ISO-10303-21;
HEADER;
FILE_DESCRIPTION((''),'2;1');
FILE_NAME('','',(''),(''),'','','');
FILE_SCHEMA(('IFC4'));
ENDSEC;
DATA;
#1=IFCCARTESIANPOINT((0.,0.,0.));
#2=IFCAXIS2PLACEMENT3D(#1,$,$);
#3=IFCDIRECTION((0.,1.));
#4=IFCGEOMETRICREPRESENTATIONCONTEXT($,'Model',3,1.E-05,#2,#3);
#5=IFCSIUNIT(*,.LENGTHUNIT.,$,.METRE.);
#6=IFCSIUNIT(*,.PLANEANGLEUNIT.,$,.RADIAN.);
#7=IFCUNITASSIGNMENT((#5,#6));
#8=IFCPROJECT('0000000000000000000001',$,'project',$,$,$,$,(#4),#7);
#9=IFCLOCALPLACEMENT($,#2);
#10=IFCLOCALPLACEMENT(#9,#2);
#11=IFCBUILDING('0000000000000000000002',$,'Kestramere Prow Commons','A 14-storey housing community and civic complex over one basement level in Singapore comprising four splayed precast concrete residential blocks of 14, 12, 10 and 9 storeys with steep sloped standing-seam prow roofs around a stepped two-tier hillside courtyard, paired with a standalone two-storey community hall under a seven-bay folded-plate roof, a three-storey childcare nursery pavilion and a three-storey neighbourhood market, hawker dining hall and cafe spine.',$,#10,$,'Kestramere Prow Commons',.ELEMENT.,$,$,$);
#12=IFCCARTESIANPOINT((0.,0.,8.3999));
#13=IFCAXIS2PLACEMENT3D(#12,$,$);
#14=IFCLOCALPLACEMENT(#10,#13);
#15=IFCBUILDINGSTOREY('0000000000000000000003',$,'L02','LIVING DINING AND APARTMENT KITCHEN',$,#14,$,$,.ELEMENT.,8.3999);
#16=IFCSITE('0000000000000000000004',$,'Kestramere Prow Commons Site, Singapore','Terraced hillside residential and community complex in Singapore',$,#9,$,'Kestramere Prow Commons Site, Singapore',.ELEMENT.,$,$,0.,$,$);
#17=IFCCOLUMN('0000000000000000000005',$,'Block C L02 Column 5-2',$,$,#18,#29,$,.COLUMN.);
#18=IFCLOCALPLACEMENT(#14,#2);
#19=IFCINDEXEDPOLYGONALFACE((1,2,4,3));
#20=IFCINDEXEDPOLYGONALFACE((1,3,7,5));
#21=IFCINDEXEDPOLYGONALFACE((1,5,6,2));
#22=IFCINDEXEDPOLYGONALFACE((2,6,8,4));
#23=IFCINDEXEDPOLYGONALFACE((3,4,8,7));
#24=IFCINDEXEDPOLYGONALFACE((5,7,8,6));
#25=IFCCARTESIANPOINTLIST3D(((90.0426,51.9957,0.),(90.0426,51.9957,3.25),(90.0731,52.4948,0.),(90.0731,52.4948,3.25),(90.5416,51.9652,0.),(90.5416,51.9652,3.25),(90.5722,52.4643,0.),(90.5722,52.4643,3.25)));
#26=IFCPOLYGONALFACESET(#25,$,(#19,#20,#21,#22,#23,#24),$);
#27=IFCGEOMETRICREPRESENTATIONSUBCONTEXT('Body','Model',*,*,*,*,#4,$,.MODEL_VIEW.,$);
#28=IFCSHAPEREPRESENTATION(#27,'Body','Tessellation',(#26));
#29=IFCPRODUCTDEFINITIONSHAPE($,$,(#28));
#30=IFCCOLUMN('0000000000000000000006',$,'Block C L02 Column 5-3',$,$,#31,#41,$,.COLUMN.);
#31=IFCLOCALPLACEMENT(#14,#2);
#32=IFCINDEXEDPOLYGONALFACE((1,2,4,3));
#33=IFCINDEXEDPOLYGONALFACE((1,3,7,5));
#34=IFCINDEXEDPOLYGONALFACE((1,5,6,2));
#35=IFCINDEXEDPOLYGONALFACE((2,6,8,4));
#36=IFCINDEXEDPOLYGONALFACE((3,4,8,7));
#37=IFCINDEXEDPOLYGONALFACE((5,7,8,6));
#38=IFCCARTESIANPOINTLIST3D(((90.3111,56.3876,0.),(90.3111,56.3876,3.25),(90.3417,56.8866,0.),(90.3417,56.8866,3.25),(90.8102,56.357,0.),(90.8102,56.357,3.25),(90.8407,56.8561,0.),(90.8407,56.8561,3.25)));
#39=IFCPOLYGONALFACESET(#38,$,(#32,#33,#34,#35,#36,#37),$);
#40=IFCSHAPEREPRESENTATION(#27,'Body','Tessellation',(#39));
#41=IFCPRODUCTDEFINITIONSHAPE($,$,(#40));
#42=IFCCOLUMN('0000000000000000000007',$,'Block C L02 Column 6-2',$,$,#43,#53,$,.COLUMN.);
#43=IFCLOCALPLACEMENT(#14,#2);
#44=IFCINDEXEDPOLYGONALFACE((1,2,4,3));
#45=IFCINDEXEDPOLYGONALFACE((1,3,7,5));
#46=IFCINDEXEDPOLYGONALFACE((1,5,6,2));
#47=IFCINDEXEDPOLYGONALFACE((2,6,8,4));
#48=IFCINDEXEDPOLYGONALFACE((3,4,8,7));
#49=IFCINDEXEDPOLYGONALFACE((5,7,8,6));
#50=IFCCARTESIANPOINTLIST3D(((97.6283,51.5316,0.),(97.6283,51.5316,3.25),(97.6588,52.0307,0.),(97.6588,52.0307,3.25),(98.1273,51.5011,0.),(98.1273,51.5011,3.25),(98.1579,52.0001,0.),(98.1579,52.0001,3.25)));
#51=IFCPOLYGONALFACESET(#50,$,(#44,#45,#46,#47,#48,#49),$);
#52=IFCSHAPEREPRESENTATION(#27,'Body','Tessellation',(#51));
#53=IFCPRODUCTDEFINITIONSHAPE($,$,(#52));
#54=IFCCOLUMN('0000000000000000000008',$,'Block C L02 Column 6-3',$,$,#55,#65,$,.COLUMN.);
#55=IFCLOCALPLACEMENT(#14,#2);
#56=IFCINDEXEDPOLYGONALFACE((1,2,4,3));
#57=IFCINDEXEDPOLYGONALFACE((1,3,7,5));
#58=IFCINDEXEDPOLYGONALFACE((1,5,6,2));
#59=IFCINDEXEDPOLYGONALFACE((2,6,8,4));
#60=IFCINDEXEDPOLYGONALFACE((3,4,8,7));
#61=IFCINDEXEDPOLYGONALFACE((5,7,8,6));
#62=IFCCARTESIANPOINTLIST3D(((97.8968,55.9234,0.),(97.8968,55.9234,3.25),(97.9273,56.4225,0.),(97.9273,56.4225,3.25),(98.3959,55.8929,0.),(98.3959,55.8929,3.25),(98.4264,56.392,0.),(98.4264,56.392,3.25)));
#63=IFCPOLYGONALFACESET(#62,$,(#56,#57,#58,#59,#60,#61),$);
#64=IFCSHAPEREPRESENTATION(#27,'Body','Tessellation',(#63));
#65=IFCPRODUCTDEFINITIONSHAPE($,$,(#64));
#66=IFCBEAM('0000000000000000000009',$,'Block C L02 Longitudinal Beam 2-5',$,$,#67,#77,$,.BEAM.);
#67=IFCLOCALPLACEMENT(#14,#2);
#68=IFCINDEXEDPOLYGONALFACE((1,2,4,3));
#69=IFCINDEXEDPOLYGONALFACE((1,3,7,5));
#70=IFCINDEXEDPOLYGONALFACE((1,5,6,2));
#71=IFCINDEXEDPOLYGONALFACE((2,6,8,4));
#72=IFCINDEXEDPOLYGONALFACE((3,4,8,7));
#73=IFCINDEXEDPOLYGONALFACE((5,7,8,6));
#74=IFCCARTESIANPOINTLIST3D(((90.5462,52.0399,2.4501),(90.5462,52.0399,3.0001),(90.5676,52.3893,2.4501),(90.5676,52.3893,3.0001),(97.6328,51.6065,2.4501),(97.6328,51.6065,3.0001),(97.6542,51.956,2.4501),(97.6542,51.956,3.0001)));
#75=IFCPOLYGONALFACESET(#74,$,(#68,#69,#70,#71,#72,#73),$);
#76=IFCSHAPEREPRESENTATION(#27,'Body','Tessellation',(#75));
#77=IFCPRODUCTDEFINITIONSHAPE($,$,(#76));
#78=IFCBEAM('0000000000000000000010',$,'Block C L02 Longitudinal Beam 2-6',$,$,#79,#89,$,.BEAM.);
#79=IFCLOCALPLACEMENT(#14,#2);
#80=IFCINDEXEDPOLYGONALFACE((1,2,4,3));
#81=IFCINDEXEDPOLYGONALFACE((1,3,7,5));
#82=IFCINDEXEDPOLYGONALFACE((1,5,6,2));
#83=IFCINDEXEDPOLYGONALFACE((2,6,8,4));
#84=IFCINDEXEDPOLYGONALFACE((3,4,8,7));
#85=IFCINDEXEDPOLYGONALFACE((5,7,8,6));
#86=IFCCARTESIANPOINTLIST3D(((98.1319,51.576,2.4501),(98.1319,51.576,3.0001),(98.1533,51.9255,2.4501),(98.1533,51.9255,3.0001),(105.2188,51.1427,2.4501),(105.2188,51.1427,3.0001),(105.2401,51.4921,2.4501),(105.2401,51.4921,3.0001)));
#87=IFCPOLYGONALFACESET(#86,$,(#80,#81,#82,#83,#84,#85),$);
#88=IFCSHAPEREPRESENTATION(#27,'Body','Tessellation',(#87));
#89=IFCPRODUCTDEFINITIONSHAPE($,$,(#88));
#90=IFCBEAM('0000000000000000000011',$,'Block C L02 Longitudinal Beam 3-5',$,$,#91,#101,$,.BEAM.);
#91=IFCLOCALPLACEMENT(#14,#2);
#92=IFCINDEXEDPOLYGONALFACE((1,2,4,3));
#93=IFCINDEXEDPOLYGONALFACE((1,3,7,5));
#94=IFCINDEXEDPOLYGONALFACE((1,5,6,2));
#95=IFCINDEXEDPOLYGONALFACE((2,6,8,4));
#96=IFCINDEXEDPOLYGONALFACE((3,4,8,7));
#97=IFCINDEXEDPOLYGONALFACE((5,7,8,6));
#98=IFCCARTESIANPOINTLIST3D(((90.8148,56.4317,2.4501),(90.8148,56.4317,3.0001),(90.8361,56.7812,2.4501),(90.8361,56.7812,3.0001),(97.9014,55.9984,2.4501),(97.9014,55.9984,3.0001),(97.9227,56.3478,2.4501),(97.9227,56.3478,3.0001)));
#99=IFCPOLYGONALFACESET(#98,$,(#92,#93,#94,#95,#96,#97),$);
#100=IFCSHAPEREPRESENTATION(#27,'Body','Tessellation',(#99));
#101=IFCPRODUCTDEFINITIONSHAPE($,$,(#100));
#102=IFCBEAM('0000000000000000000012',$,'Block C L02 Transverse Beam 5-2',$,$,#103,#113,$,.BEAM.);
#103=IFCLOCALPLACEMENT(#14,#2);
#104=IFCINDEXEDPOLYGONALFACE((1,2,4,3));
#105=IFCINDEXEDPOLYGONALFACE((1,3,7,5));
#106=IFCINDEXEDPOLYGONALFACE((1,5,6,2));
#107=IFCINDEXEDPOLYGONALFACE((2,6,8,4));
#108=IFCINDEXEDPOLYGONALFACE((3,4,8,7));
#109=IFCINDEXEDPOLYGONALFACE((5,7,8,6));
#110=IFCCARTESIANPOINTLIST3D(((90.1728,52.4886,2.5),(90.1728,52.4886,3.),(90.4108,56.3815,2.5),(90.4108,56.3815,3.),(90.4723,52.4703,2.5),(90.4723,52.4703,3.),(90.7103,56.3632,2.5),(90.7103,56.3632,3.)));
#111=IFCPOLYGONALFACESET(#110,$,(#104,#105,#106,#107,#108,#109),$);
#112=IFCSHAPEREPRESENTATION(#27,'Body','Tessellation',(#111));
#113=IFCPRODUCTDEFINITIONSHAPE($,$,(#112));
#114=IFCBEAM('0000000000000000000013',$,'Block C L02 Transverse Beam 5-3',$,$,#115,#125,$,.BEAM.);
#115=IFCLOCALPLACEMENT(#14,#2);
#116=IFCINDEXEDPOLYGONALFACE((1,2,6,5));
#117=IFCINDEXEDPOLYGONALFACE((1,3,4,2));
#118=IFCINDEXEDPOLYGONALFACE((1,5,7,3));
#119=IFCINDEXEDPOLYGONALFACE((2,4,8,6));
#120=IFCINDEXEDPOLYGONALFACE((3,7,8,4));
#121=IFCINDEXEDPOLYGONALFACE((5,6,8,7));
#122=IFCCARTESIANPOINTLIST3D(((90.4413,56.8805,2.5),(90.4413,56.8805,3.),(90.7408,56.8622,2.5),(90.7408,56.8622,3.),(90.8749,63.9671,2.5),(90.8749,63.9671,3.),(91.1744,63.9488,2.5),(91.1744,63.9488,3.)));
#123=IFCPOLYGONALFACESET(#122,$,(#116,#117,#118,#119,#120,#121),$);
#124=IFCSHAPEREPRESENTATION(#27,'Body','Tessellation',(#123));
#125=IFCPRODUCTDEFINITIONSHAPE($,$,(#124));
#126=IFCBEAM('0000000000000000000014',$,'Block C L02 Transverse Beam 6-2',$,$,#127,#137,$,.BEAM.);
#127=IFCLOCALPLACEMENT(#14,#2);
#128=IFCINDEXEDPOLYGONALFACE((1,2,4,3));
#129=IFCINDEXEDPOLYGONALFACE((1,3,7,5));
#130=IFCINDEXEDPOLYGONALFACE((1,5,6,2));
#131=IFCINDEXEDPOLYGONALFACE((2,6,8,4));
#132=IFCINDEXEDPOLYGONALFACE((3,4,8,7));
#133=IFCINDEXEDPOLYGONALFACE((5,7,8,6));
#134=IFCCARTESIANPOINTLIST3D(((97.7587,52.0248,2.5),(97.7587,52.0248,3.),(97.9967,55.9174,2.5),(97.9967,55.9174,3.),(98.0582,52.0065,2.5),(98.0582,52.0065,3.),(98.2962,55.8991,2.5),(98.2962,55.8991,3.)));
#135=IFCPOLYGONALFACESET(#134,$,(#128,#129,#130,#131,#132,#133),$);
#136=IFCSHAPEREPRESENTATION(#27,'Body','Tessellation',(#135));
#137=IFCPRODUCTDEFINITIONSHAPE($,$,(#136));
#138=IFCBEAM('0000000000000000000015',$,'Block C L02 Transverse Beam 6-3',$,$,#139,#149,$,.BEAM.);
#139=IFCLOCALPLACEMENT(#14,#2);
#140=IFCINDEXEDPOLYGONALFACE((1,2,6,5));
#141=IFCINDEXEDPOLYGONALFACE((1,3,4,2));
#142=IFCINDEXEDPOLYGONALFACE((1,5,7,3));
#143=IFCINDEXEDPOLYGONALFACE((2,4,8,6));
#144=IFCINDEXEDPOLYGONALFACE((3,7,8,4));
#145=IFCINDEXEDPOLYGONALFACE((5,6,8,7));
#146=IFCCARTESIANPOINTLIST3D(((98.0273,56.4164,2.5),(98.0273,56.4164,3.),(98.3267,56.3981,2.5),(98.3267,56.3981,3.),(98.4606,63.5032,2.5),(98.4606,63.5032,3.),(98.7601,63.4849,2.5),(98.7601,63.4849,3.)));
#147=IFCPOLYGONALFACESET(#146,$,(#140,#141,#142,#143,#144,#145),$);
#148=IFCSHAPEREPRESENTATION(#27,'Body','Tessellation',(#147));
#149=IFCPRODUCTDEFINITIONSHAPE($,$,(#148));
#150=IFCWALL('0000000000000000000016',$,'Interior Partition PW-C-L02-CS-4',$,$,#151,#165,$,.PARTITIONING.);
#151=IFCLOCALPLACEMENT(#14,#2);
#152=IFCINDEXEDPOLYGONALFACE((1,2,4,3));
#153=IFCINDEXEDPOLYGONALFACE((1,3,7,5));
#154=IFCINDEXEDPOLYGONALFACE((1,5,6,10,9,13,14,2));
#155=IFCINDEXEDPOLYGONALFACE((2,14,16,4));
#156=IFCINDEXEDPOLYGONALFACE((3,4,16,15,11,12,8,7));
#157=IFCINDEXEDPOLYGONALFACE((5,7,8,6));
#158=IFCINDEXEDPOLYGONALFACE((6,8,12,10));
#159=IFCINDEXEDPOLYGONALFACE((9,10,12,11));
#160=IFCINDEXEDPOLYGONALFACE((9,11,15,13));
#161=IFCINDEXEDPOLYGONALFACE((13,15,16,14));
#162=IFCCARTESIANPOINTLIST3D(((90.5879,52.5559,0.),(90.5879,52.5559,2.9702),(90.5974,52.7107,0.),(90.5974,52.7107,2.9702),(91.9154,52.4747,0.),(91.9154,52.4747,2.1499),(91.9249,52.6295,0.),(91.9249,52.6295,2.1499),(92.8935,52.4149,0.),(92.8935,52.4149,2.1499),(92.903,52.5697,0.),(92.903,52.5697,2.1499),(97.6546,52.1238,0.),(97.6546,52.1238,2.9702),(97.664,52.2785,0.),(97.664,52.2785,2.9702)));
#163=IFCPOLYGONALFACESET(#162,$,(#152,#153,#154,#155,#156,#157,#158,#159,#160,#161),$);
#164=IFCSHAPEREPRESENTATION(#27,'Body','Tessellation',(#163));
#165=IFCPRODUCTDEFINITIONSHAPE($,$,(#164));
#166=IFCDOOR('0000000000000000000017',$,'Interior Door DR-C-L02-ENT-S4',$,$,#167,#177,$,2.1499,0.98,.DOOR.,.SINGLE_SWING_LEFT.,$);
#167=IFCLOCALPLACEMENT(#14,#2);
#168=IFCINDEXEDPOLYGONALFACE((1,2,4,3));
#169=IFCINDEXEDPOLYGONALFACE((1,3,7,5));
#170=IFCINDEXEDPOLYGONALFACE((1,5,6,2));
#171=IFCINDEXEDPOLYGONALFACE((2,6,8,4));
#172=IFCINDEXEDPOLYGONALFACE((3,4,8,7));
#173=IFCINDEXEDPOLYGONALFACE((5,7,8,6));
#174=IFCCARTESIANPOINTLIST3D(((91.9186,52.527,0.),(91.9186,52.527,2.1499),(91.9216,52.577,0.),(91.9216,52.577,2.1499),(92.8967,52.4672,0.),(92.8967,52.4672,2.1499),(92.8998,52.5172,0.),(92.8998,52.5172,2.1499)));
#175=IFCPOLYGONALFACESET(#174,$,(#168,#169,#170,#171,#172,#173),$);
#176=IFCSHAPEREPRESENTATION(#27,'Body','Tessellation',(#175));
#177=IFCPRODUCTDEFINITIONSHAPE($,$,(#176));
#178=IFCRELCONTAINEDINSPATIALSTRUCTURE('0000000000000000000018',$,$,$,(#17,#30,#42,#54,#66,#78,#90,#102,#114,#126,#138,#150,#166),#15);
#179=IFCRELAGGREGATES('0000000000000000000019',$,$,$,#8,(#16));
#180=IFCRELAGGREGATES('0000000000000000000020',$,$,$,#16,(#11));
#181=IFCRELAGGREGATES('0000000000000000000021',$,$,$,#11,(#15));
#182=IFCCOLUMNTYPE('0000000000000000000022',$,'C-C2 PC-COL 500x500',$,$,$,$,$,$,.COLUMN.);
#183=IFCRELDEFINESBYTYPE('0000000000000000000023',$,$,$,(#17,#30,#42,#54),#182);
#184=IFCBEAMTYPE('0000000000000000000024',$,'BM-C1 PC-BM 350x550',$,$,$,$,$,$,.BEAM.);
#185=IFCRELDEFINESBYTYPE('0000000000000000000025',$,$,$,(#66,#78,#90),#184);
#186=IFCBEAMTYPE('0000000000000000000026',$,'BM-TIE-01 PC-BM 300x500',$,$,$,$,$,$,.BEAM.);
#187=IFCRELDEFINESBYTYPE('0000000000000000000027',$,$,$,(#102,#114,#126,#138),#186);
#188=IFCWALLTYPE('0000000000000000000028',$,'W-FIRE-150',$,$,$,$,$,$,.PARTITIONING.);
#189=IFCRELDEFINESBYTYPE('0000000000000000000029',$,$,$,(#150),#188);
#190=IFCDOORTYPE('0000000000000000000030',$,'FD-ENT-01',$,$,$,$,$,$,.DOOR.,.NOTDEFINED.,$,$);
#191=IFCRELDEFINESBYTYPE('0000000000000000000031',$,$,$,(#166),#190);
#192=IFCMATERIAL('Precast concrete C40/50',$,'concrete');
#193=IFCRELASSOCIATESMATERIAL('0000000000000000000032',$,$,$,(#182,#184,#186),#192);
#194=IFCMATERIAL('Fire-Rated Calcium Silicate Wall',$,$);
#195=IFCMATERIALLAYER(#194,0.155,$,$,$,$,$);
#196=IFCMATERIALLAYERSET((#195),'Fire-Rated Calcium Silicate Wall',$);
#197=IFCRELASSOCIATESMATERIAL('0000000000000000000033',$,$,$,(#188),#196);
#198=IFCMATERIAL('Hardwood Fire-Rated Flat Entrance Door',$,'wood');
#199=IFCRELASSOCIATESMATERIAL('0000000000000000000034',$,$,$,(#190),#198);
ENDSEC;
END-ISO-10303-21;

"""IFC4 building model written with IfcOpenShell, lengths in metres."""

from ifc_helpers import new_model, si_unit, direction, frame, frame_2d, origin, origin_2d, place, context, subcontext, project, spatial, rectangle, extrude, material, layer, layer_set, material_profile, profile_set, type_object, element, fill, save


model = new_model("IFC4")

# Units and contexts
model_context = context("Model", 3, precision=1e-05, world=origin(), true_north=direction((0.0, 1.0)))
body_context = subcontext(model_context, "Body", "Model", "MODEL_VIEW")
ifc_project = project(units=[si_unit("LENGTHUNIT", "METRE"), si_unit("PLANEANGLEUNIT", "RADIAN")], contexts=[model_context])

# Site, building, storey
site_placement = place(None, origin())
site = spatial("IfcSite", under=ifc_project, at=site_placement, Name="Kestramere Prow Commons Site, Singapore", Description="Terraced hillside residential and community complex in Singapore", LongName="Kestramere Prow Commons Site, Singapore", CompositionType="ELEMENT", RefElevation=0.0)
building_placement = place(site_placement, origin())
building = spatial("IfcBuilding", under=site, at=building_placement, Name="Kestramere Prow Commons", Description="A 14-storey housing community and civic complex over one basement level in Singapore comprising four splayed precast concrete residential blocks of 14, 12, 10 and 9 storeys with steep sloped standing-seam prow roofs around a stepped two-tier hillside courtyard, paired with a standalone two-storey community hall under a seven-bay folded-plate roof, a three-storey childcare nursery pavilion and a three-storey neighbourhood market, hawker dining hall and cafe spine.", LongName="Kestramere Prow Commons", CompositionType="ELEMENT")
storey_placement = place(building_placement, frame((0.0, 0.0, 8.3999)))
storey = spatial("IfcBuildingStorey", under=building, at=storey_placement, Name="L02", Description="LIVING DINING AND APARTMENT KITCHEN", CompositionType="ELEMENT", Elevation=8.3999)

# Columns
ifc_material_1 = material(Name="Precast concrete C40/50", Category="concrete")
ifc_material_profile_1 = material_profile(ifc_material_1, rectangle(XDim=0.5, YDim=0.5, at=origin_2d()), Name="PC-COL 500x500")
ifc_profile_set_1 = profile_set([ifc_material_profile_1], Name="Precast concrete C40/50")
column_type = type_object("IfcColumnType", Name="C-C2 PC-COL 500x500", PredefinedType="COLUMN", material=ifc_profile_set_1)
for number, where, z_axis, x_axis, name in (
    (1, (90.3074, 52.23, 0.0), (0.0, 0.0, 1.0), (0.998135, -0.061049, 0.0), "Block C L02 Column 5-2"),
    (2, (90.5759, 56.6218, 0.0), (0.0, 0.0, 1.0), (0.998135, -0.061049, 0.0), "Block C L02 Column 5-3"),
    (3, (97.8931, 51.7659, 0.0), (0.0, 0.0, 1.0), (0.998135, -0.061049, 0.0), "Block C L02 Column 6-2"),
    (4, (98.1616, 56.1577, 0.0), (0.0, 0.0, 1.0), (0.998135, -0.061049, 0.0), "Block C L02 Column 6-3"),
):
    element("IfcColumn", number, at=place(storey_placement, frame(where, z_axis=z_axis, x_axis=x_axis)), inside=storey, type_object=column_type, Name=name, PredefinedType="COLUMN", context=body_context, shape_type="SweptSolid", body=[
        extrude(rectangle(XDim=0.5, YDim=0.5, at=origin_2d()), origin(), (0.0, 0.0, 1.0), 3.25),
    ])

# Beams
ifc_material_profile_2 = material_profile(ifc_material_1, rectangle(XDim=0.3501, YDim=0.55, at=origin_2d()), Name="PC-BM 350x550")
ifc_profile_set_2 = profile_set([ifc_material_profile_2], Name="Precast concrete C40/50")
beam_type_1 = type_object("IfcBeamType", Name="BM-C1 PC-BM 350x550", PredefinedType="BEAM", material=ifc_profile_set_2)
beam_1_placement = place(storey_placement, frame((90.5569, 52.2146, 2.7251), z_axis=(0.998136, -0.061036, 0.0), x_axis=(0.061036, 0.998136, 0.0)))
element("IfcBeam", 5, at=beam_1_placement, inside=storey, type_object=beam_type_1, Name="Block C L02 Longitudinal Beam 2-5", PredefinedType="BEAM", context=body_context, shape_type="SweptSolid", body=[
    extrude(rectangle(XDim=0.3501, YDim=0.55, at=origin_2d()), origin(), (0.0, 0.0, 1.0), 7.0999),
])
beam_2_placement = place(storey_placement, frame((98.1426, 51.7507, 2.7251), z_axis=(0.998136, -0.061034, 0.0), x_axis=(0.061034, 0.998136, 0.0)))
element("IfcBeam", 6, at=beam_2_placement, inside=storey, type_object=beam_type_1, Name="Block C L02 Longitudinal Beam 2-6", PredefinedType="BEAM", context=body_context, shape_type="SweptSolid", body=[
    extrude(rectangle(XDim=0.3501, YDim=0.55, at=origin_2d()), origin(), (0.0, 0.0, 1.0), 7.1001),
])
beam_3_placement = place(storey_placement, frame((90.8254, 56.6064, 2.7251), z_axis=(0.998136, -0.061036, 0.0), x_axis=(0.061036, 0.998136, 0.0)))
element("IfcBeam", 7, at=beam_3_placement, inside=storey, type_object=beam_type_1, Name="Block C L02 Longitudinal Beam 3-5", PredefinedType="BEAM", context=body_context, shape_type="SweptSolid", body=[
    extrude(rectangle(XDim=0.3501, YDim=0.55, at=origin_2d()), origin(), (0.0, 0.0, 1.0), 7.0999),
])
ifc_material_profile_3 = material_profile(ifc_material_1, rectangle(XDim=0.3, YDim=0.5, at=origin_2d()), Name="PC-BM 300x500")
ifc_profile_set_3 = profile_set([ifc_material_profile_3], Name="Precast concrete C40/50")
beam_type_2 = type_object("IfcBeamType", Name="BM-TIE-01 PC-BM 300x500", PredefinedType="BEAM", material=ifc_profile_set_3)
beam_4_placement = place(storey_placement, frame((90.3225, 52.4795, 2.75), z_axis=(0.061034, 0.998136, 0.0), x_axis=(-0.998136, 0.061034, 0.0)))
element("IfcBeam", 8, at=beam_4_placement, inside=storey, type_object=beam_type_2, Name="Block C L02 Transverse Beam 5-2", PredefinedType="BEAM", context=body_context, shape_type="SweptSolid", body=[
    extrude(rectangle(XDim=0.3, YDim=0.5, at=origin_2d()), origin(), (0.0, 0.0, 1.0), 3.9001),
])
beam_5_placement = place(storey_placement, frame((90.5911, 56.8713, 2.75), z_axis=(0.06107, 0.998133, 0.0), x_axis=(-0.998133, 0.06107, 0.0)))
element("IfcBeam", 9, at=beam_5_placement, inside=storey, type_object=beam_type_2, Name="Block C L02 Transverse Beam 5-3", PredefinedType="BEAM", context=body_context, shape_type="SweptSolid", body=[
    extrude(rectangle(XDim=0.3, YDim=0.5, at=origin_2d()), origin(), (0.0, 0.0, 1.0), 7.0999),
])
beam_6_placement = place(storey_placement, frame((97.9084, 52.0156, 2.75), z_axis=(0.061038, 0.998135, 0.0), x_axis=(-0.998135, 0.061038, 0.0)))
element("IfcBeam", 10, at=beam_6_placement, inside=storey, type_object=beam_type_2, Name="Block C L02 Transverse Beam 6-2", PredefinedType="BEAM", context=body_context, shape_type="SweptSolid", body=[
    extrude(rectangle(XDim=0.3, YDim=0.5, at=origin_2d()), origin(), (0.0, 0.0, 1.0), 3.8999),
])
beam_7_placement = place(storey_placement, frame((98.177, 56.4072, 2.75), z_axis=(0.061034, 0.998136, 0.0), x_axis=(-0.998136, 0.061034, 0.0)))
element("IfcBeam", 11, at=beam_7_placement, inside=storey, type_object=beam_type_2, Name="Block C L02 Transverse Beam 6-3", PredefinedType="BEAM", context=body_context, shape_type="SweptSolid", body=[
    extrude(rectangle(XDim=0.3, YDim=0.5, at=origin_2d()), origin(), (0.0, 0.0, 1.0), 7.1001),
])

# Wall, opening, door
ifc_material_2 = material(Name="Fire-Rated Calcium Silicate Wall")
ifc_layer_1 = layer(ifc_material_2, 0.155)
ifc_layer_set_1 = layer_set([ifc_layer_1], Name="Fire-Rated Calcium Silicate Wall")
wall_type_1 = type_object("IfcWallType", Name="W-FIRE-150", PredefinedType="PARTITIONING", material=ifc_layer_set_1)
wall_1_placement = place(storey_placement, frame((90.5925, 52.6333, 0.0), z_axis=(0.0, 0.0, 1.0), x_axis=(0.998136, -0.061036, 0.0)))
wall_1 = element("IfcWall", 12, at=wall_1_placement, inside=storey, type_object=wall_type_1, Name="Interior Partition PW-C-L02-CS-4", PredefinedType="PARTITIONING", context=body_context, shape_type="SweptSolid", body=[
    extrude(rectangle(XDim=7.0798, YDim=0.155, at=frame_2d((3.54, 0.0))), origin(), (0.0, 0.0, 1.0), 2.9702),
])
opening_1_placement = place(wall_1_placement, frame((1.3301, 0.0, 0.0)))
opening_1 = element("IfcOpeningElement", 13, at=opening_1_placement, cuts=wall_1, PredefinedType="OPENING", context=body_context, shape_type="SweptSolid", body=[
    extrude(rectangle(XDim=0.98, YDim=2.1499, at=frame_2d((0.49, 1.075))), frame((0.0, 0.0925, 0.0), z_axis=(0.0, -1.0, 0.0), x_axis=(1.0, 0.0, 0.0)), (0.0, 0.0, 1.0), 0.1851),
])
ifc_material_3 = material(Name="Hardwood Fire-Rated Flat Entrance Door", Category="wood")
door_type = type_object("IfcDoorType", Name="FD-ENT-01", OperationType="NOTDEFINED", PredefinedType="DOOR", material=ifc_material_3)
door_1_placement = place(opening_1_placement, origin())
door_1 = element("IfcDoor", 14, at=door_1_placement, inside=storey, type_object=door_type, Name="Interior Door DR-C-L02-ENT-S4", OperationType="SINGLE_SWING_LEFT", OverallHeight=2.1499, OverallWidth=0.98, PredefinedType="DOOR", context=body_context, shape_type="SweptSolid", body=[
    extrude(rectangle(XDim=0.98, YDim=2.1499, at=frame_2d((0.49, 1.075))), frame((0.0, 0.0249, 0.0), z_axis=(0.0, -1.0, 0.0), x_axis=(1.0, 0.0, 0.0)), (0.0, 0.0, 1.0), 0.05),
])
fill(opening_1, door_1)

save(model, "model.ifc")
